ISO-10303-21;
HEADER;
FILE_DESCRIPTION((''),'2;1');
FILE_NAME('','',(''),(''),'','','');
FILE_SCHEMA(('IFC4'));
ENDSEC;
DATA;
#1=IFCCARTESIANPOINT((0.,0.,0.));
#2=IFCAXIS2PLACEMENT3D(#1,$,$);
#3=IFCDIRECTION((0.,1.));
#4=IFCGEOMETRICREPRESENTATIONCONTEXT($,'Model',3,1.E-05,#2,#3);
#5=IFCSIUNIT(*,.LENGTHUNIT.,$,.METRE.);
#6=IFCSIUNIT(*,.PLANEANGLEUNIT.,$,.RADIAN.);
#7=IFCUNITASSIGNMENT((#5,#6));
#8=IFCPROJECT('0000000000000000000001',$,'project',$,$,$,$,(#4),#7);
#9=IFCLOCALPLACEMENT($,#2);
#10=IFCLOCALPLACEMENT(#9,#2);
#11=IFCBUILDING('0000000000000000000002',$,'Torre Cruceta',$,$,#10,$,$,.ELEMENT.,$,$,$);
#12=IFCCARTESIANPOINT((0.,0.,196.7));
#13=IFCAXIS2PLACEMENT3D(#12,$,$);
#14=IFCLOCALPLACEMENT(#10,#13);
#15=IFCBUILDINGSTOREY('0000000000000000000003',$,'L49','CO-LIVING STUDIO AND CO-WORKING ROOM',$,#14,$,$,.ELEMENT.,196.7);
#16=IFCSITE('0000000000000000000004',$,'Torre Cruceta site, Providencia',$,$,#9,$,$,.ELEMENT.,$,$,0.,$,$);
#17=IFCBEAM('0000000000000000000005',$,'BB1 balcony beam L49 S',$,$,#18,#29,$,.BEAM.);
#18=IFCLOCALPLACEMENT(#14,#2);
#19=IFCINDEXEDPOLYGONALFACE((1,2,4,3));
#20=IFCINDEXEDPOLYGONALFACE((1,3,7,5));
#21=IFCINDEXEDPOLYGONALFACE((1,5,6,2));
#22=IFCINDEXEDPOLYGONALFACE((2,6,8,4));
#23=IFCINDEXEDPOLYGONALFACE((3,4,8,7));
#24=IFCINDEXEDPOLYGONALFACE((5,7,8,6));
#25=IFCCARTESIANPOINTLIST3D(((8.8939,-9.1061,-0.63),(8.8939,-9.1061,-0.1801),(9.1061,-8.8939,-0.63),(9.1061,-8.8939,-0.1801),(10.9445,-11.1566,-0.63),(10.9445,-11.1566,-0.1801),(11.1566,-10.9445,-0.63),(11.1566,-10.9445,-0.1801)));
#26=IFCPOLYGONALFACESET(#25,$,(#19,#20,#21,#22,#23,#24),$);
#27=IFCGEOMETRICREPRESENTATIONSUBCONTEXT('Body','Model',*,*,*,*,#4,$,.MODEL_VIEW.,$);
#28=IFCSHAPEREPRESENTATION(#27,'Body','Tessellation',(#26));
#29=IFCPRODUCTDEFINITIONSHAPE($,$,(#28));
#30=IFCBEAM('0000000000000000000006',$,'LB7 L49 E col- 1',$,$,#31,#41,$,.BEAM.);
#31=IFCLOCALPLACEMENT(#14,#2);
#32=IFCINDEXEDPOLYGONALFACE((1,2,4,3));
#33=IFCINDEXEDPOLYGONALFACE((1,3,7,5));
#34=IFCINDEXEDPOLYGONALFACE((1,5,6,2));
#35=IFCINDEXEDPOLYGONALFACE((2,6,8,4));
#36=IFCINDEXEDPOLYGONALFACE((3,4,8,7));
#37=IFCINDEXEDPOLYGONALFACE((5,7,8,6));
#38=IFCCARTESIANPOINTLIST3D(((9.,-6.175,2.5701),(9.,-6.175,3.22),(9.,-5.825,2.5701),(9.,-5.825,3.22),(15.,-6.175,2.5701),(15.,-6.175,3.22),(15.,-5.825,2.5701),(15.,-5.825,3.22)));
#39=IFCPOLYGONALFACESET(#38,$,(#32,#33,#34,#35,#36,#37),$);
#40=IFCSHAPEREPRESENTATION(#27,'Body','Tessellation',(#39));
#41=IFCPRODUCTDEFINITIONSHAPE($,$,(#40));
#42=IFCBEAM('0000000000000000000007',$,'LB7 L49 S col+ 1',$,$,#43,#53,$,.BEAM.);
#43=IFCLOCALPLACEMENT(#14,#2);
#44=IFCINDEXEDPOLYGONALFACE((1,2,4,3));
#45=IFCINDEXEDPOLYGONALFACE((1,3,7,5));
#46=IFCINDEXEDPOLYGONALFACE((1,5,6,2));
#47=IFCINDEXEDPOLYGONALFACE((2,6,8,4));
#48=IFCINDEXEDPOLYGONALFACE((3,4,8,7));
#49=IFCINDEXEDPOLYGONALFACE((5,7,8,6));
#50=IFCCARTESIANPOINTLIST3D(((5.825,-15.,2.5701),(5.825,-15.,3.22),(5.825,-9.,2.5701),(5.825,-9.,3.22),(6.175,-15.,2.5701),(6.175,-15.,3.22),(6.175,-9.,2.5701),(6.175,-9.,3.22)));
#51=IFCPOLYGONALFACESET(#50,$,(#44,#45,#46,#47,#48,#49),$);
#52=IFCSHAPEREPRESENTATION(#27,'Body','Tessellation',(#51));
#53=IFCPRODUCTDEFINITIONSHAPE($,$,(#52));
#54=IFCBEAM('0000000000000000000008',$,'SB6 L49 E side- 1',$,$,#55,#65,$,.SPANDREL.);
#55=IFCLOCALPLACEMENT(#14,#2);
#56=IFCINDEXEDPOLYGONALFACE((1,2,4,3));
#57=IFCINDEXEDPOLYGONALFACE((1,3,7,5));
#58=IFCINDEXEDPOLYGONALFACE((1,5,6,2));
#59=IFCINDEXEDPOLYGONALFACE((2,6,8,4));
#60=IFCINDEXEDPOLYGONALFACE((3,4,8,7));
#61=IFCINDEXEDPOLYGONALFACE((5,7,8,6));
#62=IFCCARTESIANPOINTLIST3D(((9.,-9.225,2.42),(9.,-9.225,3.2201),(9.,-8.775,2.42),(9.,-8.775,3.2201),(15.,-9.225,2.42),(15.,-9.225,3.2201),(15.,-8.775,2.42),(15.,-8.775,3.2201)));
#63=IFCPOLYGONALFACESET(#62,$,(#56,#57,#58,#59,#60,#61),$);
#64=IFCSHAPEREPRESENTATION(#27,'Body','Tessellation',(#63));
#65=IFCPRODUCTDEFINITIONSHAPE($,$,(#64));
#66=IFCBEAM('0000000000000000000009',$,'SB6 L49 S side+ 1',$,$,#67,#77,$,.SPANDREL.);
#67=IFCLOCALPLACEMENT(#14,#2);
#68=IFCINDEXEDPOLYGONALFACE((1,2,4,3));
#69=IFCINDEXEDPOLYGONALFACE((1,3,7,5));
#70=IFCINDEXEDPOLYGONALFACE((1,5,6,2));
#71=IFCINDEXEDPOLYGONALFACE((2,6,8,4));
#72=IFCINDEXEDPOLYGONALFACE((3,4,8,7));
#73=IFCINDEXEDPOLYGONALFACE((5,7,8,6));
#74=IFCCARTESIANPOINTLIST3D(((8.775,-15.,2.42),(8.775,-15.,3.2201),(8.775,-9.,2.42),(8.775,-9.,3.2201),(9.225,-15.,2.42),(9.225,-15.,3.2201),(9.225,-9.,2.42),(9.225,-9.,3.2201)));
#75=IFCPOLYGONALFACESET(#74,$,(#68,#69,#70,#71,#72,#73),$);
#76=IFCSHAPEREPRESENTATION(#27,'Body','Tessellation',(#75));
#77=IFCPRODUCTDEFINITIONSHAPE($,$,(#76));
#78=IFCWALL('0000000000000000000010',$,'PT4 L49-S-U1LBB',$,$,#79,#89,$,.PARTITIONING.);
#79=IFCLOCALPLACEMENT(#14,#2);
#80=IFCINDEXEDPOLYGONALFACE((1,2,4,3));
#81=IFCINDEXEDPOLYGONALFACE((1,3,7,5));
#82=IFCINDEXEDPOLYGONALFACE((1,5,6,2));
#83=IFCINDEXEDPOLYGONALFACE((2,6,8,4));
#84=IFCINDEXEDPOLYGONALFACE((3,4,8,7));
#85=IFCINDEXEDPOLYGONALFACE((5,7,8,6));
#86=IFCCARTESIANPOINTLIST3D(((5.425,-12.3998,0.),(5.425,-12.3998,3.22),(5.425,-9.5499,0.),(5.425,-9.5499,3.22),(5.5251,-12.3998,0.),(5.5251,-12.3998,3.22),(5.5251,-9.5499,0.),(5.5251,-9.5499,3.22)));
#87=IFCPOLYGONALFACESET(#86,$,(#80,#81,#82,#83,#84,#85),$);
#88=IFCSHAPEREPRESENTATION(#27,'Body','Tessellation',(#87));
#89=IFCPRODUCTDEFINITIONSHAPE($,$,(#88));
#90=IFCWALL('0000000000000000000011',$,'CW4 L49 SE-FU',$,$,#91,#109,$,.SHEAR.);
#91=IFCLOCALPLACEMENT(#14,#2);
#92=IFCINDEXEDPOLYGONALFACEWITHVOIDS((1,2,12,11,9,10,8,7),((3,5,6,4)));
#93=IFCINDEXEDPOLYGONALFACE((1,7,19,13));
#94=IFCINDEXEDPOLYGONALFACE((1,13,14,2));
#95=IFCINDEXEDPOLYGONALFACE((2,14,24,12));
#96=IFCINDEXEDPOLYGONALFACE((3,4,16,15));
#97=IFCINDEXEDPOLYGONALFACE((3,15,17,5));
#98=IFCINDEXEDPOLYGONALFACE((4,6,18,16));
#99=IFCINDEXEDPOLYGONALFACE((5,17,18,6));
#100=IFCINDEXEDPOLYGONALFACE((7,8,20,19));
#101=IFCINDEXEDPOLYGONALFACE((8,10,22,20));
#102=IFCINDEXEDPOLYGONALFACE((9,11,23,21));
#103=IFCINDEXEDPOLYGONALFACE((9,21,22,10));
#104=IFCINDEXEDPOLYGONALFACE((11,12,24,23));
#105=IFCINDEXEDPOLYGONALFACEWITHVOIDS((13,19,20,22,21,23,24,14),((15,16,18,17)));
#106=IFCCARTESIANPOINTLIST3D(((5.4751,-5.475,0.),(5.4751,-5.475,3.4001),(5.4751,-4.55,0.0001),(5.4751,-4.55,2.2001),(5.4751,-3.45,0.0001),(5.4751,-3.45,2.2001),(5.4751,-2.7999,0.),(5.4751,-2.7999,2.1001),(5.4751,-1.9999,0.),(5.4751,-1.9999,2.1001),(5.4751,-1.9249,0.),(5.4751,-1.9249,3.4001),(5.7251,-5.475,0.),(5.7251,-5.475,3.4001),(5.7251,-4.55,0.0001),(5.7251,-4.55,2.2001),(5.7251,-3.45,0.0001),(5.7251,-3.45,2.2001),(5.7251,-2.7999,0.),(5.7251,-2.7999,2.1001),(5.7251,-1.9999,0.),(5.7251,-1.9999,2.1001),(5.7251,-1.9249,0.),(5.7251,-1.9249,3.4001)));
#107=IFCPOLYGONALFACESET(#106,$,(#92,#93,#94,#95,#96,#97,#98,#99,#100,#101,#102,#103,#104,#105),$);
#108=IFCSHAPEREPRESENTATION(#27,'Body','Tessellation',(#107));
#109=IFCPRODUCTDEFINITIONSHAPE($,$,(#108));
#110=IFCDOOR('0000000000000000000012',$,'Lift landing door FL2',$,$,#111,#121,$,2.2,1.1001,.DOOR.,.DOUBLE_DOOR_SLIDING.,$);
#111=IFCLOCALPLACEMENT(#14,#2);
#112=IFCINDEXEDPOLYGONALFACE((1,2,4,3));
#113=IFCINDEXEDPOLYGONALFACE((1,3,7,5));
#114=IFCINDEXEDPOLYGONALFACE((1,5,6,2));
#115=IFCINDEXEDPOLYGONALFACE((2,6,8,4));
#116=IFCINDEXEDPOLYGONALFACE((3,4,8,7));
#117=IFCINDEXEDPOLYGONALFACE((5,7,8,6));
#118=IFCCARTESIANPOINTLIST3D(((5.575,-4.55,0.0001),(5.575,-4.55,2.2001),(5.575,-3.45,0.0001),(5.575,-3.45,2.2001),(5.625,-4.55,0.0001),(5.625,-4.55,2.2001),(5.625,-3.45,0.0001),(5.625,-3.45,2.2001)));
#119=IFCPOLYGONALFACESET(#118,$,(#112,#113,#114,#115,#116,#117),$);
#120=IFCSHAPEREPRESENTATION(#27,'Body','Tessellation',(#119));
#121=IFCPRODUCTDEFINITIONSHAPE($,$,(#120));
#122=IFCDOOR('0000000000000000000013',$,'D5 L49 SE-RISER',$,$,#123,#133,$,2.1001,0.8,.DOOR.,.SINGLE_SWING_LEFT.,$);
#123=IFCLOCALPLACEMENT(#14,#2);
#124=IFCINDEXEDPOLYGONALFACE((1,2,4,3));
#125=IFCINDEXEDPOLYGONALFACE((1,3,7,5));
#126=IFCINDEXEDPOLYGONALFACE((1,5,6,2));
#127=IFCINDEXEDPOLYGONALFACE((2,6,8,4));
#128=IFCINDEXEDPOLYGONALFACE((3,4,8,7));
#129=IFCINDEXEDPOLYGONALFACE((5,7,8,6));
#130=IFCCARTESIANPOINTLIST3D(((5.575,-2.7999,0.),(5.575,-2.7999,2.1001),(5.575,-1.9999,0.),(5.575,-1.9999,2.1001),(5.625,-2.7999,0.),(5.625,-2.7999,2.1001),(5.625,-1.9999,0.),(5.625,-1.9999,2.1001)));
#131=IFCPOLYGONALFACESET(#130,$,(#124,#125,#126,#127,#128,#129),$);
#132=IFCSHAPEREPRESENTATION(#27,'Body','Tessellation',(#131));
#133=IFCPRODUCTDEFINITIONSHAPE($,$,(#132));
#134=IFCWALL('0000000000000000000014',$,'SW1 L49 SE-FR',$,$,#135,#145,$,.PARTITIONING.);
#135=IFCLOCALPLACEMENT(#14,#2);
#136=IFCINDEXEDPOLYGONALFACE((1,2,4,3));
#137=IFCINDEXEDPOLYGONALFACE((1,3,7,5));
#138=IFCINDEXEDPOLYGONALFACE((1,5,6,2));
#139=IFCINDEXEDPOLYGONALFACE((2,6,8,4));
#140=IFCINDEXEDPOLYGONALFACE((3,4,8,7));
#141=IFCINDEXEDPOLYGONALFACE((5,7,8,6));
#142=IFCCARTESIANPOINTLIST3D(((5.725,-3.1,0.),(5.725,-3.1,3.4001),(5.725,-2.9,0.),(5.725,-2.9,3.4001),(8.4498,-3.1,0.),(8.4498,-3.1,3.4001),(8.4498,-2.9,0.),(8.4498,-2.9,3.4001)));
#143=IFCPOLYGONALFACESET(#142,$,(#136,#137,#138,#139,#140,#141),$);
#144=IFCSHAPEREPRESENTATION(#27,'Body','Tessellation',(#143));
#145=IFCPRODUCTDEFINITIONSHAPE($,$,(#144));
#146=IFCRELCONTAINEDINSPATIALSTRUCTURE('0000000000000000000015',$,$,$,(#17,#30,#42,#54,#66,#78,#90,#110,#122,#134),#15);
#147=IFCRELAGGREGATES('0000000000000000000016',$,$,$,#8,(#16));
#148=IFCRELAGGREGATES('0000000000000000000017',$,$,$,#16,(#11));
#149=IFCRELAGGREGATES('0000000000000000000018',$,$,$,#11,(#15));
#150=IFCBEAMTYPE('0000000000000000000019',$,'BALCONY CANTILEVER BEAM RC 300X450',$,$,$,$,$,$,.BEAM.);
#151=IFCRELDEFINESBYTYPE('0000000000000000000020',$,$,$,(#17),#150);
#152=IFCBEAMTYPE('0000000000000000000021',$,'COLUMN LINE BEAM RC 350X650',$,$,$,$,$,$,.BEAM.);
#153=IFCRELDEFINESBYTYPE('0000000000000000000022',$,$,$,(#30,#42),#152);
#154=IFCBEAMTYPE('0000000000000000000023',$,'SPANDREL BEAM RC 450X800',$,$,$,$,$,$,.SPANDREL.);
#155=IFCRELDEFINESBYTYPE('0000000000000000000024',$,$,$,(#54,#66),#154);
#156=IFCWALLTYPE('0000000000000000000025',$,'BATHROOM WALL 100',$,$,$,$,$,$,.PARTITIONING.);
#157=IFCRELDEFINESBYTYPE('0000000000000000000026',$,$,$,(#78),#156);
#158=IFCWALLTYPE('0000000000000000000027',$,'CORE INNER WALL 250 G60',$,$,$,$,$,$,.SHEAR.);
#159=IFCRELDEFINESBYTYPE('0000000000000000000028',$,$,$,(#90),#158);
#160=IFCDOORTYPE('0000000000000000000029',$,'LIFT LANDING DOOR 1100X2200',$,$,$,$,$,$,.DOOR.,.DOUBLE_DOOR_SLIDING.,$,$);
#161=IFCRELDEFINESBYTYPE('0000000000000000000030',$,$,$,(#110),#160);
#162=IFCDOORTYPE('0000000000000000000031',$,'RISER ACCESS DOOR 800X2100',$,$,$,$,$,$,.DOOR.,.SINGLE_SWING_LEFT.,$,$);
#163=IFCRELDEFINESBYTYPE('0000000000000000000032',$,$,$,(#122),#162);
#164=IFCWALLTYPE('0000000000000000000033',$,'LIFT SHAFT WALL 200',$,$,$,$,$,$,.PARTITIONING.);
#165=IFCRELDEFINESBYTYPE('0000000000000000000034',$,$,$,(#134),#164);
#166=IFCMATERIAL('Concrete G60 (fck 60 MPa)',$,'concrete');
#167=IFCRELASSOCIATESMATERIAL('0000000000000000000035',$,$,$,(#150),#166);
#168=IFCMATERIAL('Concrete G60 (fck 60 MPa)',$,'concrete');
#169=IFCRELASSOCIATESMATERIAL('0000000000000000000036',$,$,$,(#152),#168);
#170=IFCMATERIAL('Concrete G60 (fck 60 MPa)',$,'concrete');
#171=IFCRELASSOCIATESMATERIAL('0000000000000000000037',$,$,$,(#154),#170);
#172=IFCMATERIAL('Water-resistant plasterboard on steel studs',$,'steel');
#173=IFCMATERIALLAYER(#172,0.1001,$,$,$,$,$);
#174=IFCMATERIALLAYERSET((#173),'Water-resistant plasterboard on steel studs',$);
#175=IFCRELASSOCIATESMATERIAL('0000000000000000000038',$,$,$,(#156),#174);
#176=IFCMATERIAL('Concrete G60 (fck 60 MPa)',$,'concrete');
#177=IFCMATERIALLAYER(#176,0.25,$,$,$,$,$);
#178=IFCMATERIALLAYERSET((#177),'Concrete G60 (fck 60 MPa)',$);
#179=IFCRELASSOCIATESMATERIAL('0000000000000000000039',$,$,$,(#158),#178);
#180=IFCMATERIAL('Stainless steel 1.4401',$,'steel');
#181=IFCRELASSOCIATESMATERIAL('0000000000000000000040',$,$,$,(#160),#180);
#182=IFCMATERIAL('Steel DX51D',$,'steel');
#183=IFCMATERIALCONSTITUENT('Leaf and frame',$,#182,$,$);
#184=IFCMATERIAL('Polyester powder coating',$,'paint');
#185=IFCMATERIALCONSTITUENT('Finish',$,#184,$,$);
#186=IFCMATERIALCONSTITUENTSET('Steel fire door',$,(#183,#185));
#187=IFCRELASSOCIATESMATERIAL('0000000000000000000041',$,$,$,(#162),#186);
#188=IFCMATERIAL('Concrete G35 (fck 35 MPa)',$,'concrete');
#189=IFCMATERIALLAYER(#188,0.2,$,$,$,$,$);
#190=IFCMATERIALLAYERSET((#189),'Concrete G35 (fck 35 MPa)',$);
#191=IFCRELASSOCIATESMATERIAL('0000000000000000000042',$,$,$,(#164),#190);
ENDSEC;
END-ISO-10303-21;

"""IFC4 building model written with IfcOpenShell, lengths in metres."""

from ifc_helpers import new_model, si_unit, direction, frame, frame_2d, origin, origin_2d, place, context, subcontext, project, spatial, rectangle, extrude, material, layer, layer_set, constituent, constituent_set, material_profile, profile_set, type_object, element, fill, save


model = new_model("IFC4")

# Units and contexts
model_context = context("Model", 3, precision=1e-05, world=origin(), true_north=direction((0.0, 1.0)))
body_context = subcontext(model_context, "Body", "Model", "MODEL_VIEW")
ifc_project = project(units=[si_unit("LENGTHUNIT", "METRE"), si_unit("PLANEANGLEUNIT", "RADIAN")], contexts=[model_context])

# Site, building, storey
site_placement = place(None, origin())
site = spatial("IfcSite", under=ifc_project, at=site_placement, Name="Torre Cruceta site, Providencia", CompositionType="ELEMENT", RefElevation=0.0)
building_placement = place(site_placement, origin())
building = spatial("IfcBuilding", under=site, at=building_placement, Name="Torre Cruceta", CompositionType="ELEMENT")
storey_placement = place(building_placement, frame((0.0, 0.0, 196.7)))
storey = spatial("IfcBuildingStorey", under=building, at=storey_placement, Name="L49", Description="CO-LIVING STUDIO AND CO-WORKING ROOM", CompositionType="ELEMENT", Elevation=196.7)

# Beams
ifc_material_1 = material(Name="Concrete G60 (fck 60 MPa)", Category="concrete")
ifc_material_profile_1 = material_profile(ifc_material_1, rectangle(XDim=0.3, YDim=0.45, at=origin_2d()), Name="RC 300X450")
ifc_profile_set_1 = profile_set([ifc_material_profile_1], Name="Concrete G60 (fck 60 MPa)")
beam_type_1 = type_object("IfcBeamType", Name="BALCONY CANTILEVER BEAM RC 300X450", PredefinedType="BEAM", material=ifc_profile_set_1)
beam_placement = place(storey_placement, frame((9.0, -9.0, -0.405), z_axis=(0.707107, -0.707107, 0.0), x_axis=(0.707107, 0.707107, 0.0)))
element("IfcBeam", 1, at=beam_placement, inside=storey, type_object=beam_type_1, Name="BB1 balcony beam L49 S", PredefinedType="BEAM", context=body_context, shape_type="SweptSolid", body=[
    extrude(rectangle(XDim=0.3, YDim=0.45, at=origin_2d()), origin(), (0.0, 0.0, 1.0), 2.8999),
])
ifc_material_2 = material(Name="Concrete G60 (fck 60 MPa)", Category="concrete")
ifc_material_profile_2 = material_profile(ifc_material_2, rectangle(XDim=0.3501, YDim=0.6499, at=origin_2d()), Name="RC 350X650")
ifc_profile_set_2 = profile_set([ifc_material_profile_2], Name="Concrete G60 (fck 60 MPa)")
beam_type_2 = type_object("IfcBeamType", Name="COLUMN LINE BEAM RC 350X650", PredefinedType="BEAM", material=ifc_profile_set_2)
for number, where, z_axis, x_axis, name in (
    (2, (9.0, -6.0, 2.895), (1.0, 0.0, 0.0), (0.0, 1.0, 0.0), "LB7 L49 E col- 1"),
    (3, (6.0, -9.0, 2.895), (0.0, -1.0, 0.0), (1.0, 0.0, 0.0), "LB7 L49 S col+ 1"),
):
    element("IfcBeam", number, at=place(storey_placement, frame(where, z_axis=z_axis, x_axis=x_axis)), inside=storey, type_object=beam_type_2, Name=name, PredefinedType="BEAM", context=body_context, shape_type="SweptSolid", body=[
        extrude(rectangle(XDim=0.3501, YDim=0.6499, at=origin_2d()), origin(), (0.0, 0.0, 1.0), 6.0),
    ])
ifc_material_3 = material(Name="Concrete G60 (fck 60 MPa)", Category="concrete")
ifc_material_profile_3 = material_profile(ifc_material_3, rectangle(XDim=0.45, YDim=0.8, at=origin_2d()), Name="RC 450X800")
ifc_profile_set_3 = profile_set([ifc_material_profile_3], Name="Concrete G60 (fck 60 MPa)")
beam_type_3 = type_object("IfcBeamType", Name="SPANDREL BEAM RC 450X800", PredefinedType="SPANDREL", material=ifc_profile_set_3)
for number, where, z_axis, x_axis, name in (
    (4, (9.0, -9.0, 2.8201), (1.0, 0.0, 0.0), (0.0, 1.0, 0.0), "SB6 L49 E side- 1"),
    (5, (9.0, -9.0, 2.8201), (0.0, -1.0, 0.0), (1.0, 0.0, 0.0), "SB6 L49 S side+ 1"),
):
    element("IfcBeam", number, at=place(storey_placement, frame(where, z_axis=z_axis, x_axis=x_axis)), inside=storey, type_object=beam_type_3, Name=name, PredefinedType="SPANDREL", context=body_context, shape_type="SweptSolid", body=[
        extrude(rectangle(XDim=0.45, YDim=0.8, at=origin_2d()), origin(), (0.0, 0.0, 1.0), 6.0),
    ])

# Wall
ifc_material_4 = material(Name="Water-resistant plasterboard on steel studs", Category="steel")
ifc_layer_1 = layer(ifc_material_4, 0.1001)
ifc_layer_set_1 = layer_set([ifc_layer_1], Name="Water-resistant plasterboard on steel studs")
wall_type_1 = type_object("IfcWallType", Name="BATHROOM WALL 100", PredefinedType="PARTITIONING", material=ifc_layer_set_1)
wall_1_placement = place(storey_placement, frame((5.4751, -9.55, 0.0), z_axis=(0.0, 0.0, 1.0), x_axis=(0.0, -1.0, 0.0)))
element("IfcWall", 6, at=wall_1_placement, inside=storey, type_object=wall_type_1, Name="PT4 L49-S-U1LBB", PredefinedType="PARTITIONING", context=body_context, shape_type="SweptSolid", body=[
    extrude(rectangle(XDim=2.8499, YDim=0.1001, at=frame_2d((1.4248, 0.0))), origin(), (0.0, 0.0, 1.0), 3.22),
])

# Wall, openings, doors
ifc_material_5 = material(Name="Concrete G60 (fck 60 MPa)", Category="concrete")
ifc_layer_2 = layer(ifc_material_5, 0.25)
ifc_layer_set_2 = layer_set([ifc_layer_2], Name="Concrete G60 (fck 60 MPa)")
wall_type_2 = type_object("IfcWallType", Name="CORE INNER WALL 250 G60", PredefinedType="SHEAR", material=ifc_layer_set_2)
wall_2_placement = place(storey_placement, frame((5.6001, -1.925, 0.0), z_axis=(0.0, 0.0, 1.0), x_axis=(0.0, -1.0, 0.0)))
wall_2 = element("IfcWall", 7, at=wall_2_placement, inside=storey, type_object=wall_type_2, Name="CW4 L49 SE-FU", PredefinedType="SHEAR", context=body_context, shape_type="SweptSolid", body=[
    extrude(rectangle(XDim=3.55, YDim=0.25, at=frame_2d((1.7749, 0.0))), origin(), (0.0, 0.0, 1.0), 3.4001),
])
opening_1_placement = place(wall_2_placement, frame((1.5249, 0.0, 0.0)))
opening_1 = element("IfcOpeningElement", 8, at=opening_1_placement, cuts=wall_2, PredefinedType="OPENING", context=body_context, shape_type="SweptSolid", body=[
    extrude(rectangle(XDim=1.1001, YDim=2.2, at=frame_2d((0.55, 1.1001))), frame((0.0, 0.135, 0.0), z_axis=(0.0, -1.0, 0.0), x_axis=(1.0, 0.0, 0.0)), (0.0, 0.0, 1.0), 0.27),
])
opening_2_placement = place(wall_2_placement, frame((0.075, 0.0, 0.0)))
opening_2 = element("IfcOpeningElement", 9, at=opening_2_placement, cuts=wall_2, PredefinedType="OPENING", context=body_context, shape_type="SweptSolid", body=[
    extrude(rectangle(XDim=0.8, YDim=2.1001, at=frame_2d((0.3999, 1.05))), frame((0.0, 0.135, 0.0), z_axis=(0.0, -1.0, 0.0), x_axis=(1.0, 0.0, 0.0)), (0.0, 0.0, 1.0), 0.27),
])
ifc_material_6 = material(Name="Stainless steel 1.4401", Category="steel")
door_type_1 = type_object("IfcDoorType", Name="LIFT LANDING DOOR 1100X2200", OperationType="DOUBLE_DOOR_SLIDING", PredefinedType="DOOR", material=ifc_material_6)
door_1_placement = place(opening_1_placement, origin())
door_1 = element("IfcDoor", 10, at=door_1_placement, inside=storey, type_object=door_type_1, Name="Lift landing door FL2", OperationType="DOUBLE_DOOR_SLIDING", OverallHeight=2.2, OverallWidth=1.1001, PredefinedType="DOOR", context=body_context, shape_type="SweptSolid", body=[
    extrude(rectangle(XDim=1.1001, YDim=2.2, at=frame_2d((0.55, 1.1001))), frame((0.0, 0.0249, 0.0), z_axis=(0.0, -1.0, 0.0), x_axis=(1.0, 0.0, 0.0)), (0.0, 0.0, 1.0), 0.05),
])
fill(opening_1, door_1)
ifc_material_7 = material(Name="Steel DX51D", Category="steel")
ifc_constituent_1 = constituent(ifc_material_7, Name="Leaf and frame")
ifc_material_8 = material(Name="Polyester powder coating", Category="paint")
ifc_constituent_2 = constituent(ifc_material_8, Name="Finish")
ifc_constituent_set_1 = constituent_set(constituents=[ifc_constituent_1, ifc_constituent_2], Name="Steel fire door")
door_type_2 = type_object("IfcDoorType", Name="RISER ACCESS DOOR 800X2100", OperationType="SINGLE_SWING_LEFT", PredefinedType="DOOR", material=ifc_constituent_set_1)
door_2_placement = place(opening_2_placement, origin())
door_2 = element("IfcDoor", 11, at=door_2_placement, inside=storey, type_object=door_type_2, Name="D5 L49 SE-RISER", OperationType="SINGLE_SWING_LEFT", OverallHeight=2.1001, OverallWidth=0.8, PredefinedType="DOOR", context=body_context, shape_type="SweptSolid", body=[
    extrude(rectangle(XDim=0.8, YDim=2.1001, at=frame_2d((0.3999, 1.05))), frame((0.0, 0.0249, 0.0), z_axis=(0.0, -1.0, 0.0), x_axis=(1.0, 0.0, 0.0)), (0.0, 0.0, 1.0), 0.05),
])
fill(opening_2, door_2)

# Wall
ifc_material_9 = material(Name="Concrete G35 (fck 35 MPa)", Category="concrete")
ifc_layer_3 = layer(ifc_material_9, 0.2)
ifc_layer_set_3 = layer_set([ifc_layer_3], Name="Concrete G35 (fck 35 MPa)")
wall_type_3 = type_object("IfcWallType", Name="LIFT SHAFT WALL 200", PredefinedType="PARTITIONING", material=ifc_layer_set_3)
wall_3_placement = place(storey_placement, frame((5.7251, -3.0, 0.0), z_axis=(0.0, 0.0, 1.0), x_axis=(1.0, 0.0, 0.0)))
element("IfcWall", 12, at=wall_3_placement, inside=storey, type_object=wall_type_3, Name="SW1 L49 SE-FR", PredefinedType="PARTITIONING", context=body_context, shape_type="SweptSolid", body=[
    extrude(rectangle(XDim=2.7249, YDim=0.2, at=frame_2d((1.3623, 0.0))), origin(), (0.0, 0.0, 1.0), 3.4001),
])

save(model, "model.ifc")
